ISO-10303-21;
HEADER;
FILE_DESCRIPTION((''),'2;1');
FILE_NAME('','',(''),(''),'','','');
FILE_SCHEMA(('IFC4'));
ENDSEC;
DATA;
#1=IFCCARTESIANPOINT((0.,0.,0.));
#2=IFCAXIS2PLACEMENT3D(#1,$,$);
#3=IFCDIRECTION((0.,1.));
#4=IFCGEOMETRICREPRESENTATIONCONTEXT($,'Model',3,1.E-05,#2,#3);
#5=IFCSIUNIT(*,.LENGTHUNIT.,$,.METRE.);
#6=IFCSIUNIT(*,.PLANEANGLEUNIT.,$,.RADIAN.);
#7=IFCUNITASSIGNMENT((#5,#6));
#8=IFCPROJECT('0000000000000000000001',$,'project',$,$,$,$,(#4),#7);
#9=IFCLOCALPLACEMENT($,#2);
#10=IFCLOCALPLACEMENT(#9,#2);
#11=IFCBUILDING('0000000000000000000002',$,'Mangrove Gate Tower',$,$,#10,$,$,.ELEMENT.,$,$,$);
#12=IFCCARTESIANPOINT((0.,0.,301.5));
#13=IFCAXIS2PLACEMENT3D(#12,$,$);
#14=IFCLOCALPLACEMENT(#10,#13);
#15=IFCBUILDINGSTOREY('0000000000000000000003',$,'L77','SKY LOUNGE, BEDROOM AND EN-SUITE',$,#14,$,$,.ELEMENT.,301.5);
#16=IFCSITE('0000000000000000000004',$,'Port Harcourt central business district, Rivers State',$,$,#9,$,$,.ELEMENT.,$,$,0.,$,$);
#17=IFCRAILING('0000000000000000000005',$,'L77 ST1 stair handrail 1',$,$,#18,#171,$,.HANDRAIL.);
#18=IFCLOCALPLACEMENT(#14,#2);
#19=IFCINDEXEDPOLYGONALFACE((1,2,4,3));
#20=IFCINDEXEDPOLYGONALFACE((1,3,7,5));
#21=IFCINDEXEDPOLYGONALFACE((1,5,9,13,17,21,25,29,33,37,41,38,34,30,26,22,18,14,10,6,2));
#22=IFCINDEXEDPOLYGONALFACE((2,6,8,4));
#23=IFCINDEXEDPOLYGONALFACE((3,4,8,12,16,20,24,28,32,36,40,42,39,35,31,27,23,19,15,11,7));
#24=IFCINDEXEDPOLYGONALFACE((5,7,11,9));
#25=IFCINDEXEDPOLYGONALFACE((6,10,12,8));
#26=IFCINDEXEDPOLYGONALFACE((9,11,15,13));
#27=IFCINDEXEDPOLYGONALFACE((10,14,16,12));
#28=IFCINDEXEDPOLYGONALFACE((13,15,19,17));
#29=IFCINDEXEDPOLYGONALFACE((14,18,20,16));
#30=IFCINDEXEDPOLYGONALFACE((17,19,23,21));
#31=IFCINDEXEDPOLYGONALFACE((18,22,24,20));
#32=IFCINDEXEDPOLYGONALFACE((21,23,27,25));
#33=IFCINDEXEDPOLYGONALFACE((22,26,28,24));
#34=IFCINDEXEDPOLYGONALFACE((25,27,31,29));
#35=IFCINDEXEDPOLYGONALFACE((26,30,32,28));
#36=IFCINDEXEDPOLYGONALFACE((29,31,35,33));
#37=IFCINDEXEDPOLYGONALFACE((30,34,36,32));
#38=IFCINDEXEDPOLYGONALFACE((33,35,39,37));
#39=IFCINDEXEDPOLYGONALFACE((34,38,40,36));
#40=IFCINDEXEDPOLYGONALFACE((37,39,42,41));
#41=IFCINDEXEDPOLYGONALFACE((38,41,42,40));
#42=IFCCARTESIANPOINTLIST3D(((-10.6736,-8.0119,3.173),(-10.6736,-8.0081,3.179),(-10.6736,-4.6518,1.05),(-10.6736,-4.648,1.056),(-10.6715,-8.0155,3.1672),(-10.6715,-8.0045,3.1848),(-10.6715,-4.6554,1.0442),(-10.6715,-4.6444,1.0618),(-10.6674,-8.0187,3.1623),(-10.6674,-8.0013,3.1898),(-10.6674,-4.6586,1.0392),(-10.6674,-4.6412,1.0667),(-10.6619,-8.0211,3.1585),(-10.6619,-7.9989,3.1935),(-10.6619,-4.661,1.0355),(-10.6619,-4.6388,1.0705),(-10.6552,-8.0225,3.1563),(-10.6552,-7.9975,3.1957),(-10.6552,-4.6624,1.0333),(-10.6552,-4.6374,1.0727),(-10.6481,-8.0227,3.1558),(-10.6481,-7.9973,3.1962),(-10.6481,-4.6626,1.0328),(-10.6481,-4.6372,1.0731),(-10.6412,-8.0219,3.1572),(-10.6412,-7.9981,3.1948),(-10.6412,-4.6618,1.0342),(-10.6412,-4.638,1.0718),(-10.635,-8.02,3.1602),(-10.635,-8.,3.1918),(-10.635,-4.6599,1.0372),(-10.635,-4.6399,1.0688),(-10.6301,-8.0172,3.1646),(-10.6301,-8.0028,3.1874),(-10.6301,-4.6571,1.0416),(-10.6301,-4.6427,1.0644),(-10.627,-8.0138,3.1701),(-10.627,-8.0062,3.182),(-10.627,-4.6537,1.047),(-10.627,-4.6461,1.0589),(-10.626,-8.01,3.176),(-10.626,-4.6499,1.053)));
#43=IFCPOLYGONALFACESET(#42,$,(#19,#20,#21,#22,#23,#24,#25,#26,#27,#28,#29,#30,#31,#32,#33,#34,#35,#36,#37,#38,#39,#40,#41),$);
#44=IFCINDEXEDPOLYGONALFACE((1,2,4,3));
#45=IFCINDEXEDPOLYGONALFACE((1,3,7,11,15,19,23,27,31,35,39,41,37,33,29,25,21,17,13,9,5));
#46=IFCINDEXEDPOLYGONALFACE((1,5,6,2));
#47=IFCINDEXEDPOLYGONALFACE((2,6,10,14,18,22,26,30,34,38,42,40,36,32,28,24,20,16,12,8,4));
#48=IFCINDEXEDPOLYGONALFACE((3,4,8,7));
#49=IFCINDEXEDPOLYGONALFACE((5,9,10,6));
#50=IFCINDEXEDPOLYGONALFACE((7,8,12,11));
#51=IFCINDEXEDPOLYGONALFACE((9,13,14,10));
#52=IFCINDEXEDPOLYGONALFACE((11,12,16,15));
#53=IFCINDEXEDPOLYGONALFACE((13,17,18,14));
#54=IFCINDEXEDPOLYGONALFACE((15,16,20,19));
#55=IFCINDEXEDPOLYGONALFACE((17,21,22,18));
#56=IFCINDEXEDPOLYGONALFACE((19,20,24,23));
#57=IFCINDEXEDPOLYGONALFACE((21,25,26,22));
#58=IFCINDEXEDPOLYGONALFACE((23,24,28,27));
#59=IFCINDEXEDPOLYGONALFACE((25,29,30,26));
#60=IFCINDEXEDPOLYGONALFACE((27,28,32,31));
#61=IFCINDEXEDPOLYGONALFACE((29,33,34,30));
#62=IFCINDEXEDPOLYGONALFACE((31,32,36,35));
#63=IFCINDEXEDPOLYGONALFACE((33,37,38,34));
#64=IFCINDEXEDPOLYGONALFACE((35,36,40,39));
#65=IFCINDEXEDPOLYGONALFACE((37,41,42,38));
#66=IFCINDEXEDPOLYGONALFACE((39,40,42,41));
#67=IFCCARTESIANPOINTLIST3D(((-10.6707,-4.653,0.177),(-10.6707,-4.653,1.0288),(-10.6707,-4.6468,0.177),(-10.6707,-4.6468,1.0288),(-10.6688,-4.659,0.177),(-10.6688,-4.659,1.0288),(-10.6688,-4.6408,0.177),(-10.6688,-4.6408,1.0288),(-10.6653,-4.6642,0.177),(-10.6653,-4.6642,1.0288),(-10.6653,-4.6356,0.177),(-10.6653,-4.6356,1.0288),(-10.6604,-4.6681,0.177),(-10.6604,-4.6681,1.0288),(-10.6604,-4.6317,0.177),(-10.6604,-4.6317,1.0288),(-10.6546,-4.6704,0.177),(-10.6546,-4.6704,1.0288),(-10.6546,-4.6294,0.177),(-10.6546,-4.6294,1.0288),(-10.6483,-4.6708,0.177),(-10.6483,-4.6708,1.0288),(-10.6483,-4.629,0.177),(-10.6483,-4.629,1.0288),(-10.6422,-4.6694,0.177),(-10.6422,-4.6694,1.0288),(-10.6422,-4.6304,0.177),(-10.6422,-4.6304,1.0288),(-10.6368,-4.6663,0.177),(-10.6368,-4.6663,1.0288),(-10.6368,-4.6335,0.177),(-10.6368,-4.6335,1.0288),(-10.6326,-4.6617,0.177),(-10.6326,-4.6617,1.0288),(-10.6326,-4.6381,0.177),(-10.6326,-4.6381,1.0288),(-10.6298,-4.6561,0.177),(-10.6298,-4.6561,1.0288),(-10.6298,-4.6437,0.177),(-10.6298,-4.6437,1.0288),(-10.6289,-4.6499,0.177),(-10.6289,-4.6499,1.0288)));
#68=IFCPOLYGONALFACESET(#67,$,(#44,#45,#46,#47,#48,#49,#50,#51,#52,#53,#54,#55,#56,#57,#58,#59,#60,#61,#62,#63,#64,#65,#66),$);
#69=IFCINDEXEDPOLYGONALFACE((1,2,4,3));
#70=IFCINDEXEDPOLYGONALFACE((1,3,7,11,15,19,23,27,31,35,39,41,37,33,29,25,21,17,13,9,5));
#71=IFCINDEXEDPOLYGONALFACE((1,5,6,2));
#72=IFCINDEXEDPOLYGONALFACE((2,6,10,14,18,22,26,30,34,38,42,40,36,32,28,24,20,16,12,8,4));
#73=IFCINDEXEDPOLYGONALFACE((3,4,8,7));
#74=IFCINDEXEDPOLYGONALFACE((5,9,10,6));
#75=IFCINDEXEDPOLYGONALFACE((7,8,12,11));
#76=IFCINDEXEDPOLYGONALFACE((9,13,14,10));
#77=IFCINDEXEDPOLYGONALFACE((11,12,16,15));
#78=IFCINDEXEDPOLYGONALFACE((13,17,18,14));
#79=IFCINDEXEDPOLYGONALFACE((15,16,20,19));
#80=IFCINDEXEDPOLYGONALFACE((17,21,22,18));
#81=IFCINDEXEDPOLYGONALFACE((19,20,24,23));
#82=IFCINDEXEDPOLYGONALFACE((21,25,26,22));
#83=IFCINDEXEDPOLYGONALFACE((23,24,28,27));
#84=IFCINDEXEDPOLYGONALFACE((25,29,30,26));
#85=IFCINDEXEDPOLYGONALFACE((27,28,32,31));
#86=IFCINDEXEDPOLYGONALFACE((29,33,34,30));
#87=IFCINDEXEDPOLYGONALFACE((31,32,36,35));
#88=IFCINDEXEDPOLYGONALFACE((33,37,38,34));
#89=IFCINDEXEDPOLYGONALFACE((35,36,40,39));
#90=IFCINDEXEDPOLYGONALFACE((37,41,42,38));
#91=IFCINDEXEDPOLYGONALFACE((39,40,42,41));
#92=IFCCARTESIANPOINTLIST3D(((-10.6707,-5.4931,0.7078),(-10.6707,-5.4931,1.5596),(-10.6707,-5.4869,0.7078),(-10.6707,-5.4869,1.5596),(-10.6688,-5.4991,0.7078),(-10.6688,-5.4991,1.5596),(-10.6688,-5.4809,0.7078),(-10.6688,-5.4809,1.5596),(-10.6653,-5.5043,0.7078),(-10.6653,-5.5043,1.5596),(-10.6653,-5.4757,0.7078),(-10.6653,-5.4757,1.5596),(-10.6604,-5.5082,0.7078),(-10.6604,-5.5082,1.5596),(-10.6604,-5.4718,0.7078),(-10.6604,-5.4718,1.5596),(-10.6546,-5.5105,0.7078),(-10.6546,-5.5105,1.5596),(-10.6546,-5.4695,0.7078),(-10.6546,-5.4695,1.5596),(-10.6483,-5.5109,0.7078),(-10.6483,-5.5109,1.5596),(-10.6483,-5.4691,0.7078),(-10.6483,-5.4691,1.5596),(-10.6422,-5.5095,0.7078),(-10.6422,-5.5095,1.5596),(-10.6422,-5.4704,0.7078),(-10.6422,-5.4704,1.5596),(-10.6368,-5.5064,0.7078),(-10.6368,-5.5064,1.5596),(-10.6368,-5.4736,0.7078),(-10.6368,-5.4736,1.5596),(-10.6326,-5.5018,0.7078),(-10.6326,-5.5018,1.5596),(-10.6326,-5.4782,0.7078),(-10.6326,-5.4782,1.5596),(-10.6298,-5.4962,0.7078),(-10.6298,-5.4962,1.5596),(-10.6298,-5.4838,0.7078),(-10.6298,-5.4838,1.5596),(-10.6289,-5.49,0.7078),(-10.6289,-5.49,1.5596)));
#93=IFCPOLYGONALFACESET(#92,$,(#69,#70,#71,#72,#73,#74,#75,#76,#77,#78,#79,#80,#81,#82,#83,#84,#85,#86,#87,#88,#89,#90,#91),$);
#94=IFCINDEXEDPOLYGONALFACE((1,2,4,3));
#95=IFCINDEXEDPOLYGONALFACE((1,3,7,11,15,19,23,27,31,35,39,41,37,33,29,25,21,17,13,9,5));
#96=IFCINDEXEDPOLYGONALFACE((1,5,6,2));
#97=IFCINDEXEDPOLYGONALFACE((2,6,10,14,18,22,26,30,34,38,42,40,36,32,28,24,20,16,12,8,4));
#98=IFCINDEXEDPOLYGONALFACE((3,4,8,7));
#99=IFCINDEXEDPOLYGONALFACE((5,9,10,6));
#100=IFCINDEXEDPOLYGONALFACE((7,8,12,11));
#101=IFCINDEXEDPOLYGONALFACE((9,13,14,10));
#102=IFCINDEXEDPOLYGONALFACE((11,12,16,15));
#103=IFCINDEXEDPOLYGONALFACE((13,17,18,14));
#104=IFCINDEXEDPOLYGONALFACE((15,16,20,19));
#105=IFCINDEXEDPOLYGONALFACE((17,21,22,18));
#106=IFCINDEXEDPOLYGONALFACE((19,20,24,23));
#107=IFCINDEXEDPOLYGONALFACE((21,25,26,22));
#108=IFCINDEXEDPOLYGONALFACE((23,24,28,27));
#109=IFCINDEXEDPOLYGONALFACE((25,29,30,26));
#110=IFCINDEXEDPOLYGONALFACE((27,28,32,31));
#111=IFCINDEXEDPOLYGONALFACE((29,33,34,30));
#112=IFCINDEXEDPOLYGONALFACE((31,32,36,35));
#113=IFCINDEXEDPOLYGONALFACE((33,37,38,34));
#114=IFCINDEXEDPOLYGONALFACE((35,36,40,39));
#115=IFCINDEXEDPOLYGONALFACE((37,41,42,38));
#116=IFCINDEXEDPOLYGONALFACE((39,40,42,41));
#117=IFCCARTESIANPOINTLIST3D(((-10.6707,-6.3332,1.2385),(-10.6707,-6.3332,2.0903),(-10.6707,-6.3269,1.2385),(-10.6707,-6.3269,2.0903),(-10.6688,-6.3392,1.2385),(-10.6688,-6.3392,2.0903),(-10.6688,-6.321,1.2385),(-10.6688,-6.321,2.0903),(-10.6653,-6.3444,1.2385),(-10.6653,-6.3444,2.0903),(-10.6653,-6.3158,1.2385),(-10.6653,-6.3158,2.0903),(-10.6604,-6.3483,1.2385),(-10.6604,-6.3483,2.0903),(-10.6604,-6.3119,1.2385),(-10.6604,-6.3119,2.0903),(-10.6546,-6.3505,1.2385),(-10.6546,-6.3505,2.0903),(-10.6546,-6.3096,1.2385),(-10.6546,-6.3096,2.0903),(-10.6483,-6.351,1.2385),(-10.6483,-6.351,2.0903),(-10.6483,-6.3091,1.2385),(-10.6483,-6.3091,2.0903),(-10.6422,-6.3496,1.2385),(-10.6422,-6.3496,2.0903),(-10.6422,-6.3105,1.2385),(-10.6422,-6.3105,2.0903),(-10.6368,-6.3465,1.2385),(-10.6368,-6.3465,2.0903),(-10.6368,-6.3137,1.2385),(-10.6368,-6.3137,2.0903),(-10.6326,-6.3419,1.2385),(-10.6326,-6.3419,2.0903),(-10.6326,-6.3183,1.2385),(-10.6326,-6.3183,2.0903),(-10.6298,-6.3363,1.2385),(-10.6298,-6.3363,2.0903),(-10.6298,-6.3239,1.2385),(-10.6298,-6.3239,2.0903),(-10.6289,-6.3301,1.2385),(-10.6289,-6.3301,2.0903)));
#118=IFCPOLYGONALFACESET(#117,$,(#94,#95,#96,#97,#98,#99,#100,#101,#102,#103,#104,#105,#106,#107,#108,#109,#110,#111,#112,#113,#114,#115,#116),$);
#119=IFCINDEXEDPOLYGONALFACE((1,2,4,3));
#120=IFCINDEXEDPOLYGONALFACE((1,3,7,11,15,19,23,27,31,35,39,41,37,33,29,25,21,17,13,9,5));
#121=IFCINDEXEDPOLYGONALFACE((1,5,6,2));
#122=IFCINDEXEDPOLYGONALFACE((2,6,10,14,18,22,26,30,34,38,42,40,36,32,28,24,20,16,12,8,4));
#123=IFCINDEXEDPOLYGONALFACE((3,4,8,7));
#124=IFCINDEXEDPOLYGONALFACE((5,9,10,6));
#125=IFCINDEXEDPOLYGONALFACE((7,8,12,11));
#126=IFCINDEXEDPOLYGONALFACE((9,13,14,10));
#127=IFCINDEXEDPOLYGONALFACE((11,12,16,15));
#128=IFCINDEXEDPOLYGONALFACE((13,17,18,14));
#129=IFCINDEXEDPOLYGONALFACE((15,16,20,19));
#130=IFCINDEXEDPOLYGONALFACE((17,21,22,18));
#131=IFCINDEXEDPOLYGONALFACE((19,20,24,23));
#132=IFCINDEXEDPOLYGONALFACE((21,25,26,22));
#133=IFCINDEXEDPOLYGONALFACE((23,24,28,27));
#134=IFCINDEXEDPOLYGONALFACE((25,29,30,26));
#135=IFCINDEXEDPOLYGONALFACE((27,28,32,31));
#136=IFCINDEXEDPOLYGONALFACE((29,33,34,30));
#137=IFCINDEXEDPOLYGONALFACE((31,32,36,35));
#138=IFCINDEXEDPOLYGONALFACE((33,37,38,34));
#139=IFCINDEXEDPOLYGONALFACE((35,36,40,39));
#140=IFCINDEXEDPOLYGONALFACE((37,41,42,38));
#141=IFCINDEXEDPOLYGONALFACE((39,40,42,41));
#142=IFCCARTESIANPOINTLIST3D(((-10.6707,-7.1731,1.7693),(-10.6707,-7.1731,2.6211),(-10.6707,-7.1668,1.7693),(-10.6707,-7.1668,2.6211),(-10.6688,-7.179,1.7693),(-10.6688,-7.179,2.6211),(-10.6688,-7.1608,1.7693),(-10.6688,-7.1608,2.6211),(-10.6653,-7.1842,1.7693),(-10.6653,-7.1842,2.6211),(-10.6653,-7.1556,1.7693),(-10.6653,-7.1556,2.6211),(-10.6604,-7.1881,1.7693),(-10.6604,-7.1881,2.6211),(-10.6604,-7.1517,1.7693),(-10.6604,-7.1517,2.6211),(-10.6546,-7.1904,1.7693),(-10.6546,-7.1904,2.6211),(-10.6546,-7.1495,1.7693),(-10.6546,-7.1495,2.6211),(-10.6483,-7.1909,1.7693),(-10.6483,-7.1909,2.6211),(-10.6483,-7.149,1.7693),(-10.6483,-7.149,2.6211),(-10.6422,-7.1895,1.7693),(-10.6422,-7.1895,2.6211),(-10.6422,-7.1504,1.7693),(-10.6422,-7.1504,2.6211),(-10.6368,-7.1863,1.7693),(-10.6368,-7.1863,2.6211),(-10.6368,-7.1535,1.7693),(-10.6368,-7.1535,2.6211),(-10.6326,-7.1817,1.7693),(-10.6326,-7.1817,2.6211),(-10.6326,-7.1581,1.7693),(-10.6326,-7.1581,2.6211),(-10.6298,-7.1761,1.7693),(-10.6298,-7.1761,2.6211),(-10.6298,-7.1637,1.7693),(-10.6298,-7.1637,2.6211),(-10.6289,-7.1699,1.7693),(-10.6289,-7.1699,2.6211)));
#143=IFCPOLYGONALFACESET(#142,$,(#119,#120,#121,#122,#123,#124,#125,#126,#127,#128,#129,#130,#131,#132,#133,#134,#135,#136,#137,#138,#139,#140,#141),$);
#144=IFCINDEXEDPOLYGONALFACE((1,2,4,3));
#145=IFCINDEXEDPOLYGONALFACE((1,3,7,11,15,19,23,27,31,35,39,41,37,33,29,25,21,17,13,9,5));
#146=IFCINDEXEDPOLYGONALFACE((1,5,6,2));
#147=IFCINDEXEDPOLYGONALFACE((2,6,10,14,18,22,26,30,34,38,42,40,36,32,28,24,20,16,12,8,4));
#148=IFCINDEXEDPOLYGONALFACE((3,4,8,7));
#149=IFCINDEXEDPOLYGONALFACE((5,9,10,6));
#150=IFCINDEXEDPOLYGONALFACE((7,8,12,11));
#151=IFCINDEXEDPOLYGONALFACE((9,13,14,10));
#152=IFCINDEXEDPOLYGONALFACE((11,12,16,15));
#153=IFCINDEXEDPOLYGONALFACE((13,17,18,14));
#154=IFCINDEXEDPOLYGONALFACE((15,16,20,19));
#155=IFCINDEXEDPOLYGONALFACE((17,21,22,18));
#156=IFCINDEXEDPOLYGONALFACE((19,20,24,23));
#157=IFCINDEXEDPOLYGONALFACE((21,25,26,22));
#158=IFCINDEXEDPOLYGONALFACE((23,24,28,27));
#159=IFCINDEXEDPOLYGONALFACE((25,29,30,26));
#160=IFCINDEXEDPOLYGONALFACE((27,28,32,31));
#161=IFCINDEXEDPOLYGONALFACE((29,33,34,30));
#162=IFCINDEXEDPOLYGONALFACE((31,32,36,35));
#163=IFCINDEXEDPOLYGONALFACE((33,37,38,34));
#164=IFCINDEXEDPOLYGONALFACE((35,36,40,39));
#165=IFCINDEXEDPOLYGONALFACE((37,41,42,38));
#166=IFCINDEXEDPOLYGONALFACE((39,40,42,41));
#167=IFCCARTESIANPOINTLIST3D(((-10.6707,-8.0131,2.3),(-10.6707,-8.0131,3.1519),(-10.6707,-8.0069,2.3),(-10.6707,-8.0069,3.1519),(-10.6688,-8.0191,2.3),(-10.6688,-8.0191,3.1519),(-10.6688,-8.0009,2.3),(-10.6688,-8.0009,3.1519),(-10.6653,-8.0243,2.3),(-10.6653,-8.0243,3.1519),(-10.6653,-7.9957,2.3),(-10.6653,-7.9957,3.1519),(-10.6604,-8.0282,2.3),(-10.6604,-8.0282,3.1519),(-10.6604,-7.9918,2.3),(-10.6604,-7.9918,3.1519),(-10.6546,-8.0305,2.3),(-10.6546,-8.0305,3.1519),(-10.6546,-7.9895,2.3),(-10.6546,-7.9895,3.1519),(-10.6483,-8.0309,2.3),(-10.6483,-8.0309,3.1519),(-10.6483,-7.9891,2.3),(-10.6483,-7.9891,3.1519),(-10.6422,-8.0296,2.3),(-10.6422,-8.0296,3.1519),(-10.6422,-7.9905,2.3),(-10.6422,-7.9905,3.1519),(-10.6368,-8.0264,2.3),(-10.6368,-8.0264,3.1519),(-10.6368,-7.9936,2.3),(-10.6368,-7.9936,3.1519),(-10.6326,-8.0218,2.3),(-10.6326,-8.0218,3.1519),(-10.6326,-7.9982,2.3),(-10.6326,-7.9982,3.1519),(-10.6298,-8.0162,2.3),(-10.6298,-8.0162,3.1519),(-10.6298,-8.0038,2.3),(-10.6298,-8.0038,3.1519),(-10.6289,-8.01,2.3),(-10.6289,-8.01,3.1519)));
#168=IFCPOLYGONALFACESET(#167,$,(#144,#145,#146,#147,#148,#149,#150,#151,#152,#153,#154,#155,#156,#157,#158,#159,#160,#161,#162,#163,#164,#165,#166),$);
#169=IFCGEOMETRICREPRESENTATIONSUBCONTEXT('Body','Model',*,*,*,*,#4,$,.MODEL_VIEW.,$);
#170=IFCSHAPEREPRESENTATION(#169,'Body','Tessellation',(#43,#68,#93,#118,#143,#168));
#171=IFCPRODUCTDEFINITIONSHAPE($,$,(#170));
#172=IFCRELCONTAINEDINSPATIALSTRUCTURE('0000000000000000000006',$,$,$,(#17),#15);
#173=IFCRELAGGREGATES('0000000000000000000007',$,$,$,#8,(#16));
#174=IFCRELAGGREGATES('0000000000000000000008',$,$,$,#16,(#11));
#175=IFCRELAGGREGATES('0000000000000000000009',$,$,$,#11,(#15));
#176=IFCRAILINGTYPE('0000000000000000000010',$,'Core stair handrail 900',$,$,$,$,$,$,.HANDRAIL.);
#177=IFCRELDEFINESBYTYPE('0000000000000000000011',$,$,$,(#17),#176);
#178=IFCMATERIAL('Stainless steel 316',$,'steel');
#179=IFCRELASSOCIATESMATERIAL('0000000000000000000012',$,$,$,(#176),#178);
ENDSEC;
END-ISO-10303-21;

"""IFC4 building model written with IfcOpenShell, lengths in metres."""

from ifc_helpers import new_model, si_unit, direction, frame, origin, origin_2d, place, context, subcontext, project, spatial, circle, extrude, material, type_object, element, save


model = new_model("IFC4")

# Units and contexts
model_context = context("Model", 3, precision=1e-05, world=origin(), true_north=direction((0.0, 1.0)))
body_context = subcontext(model_context, "Body", "Model", "MODEL_VIEW")
ifc_project = project(units=[si_unit("LENGTHUNIT", "METRE"), si_unit("PLANEANGLEUNIT", "RADIAN")], contexts=[model_context])

# Site, building, storey
site_placement = place(None, origin())
site = spatial("IfcSite", under=ifc_project, at=site_placement, Name="Port Harcourt central business district, Rivers State", CompositionType="ELEMENT", RefElevation=0.0)
building_placement = place(site_placement, origin())
building = spatial("IfcBuilding", under=site, at=building_placement, Name="Mangrove Gate Tower", CompositionType="ELEMENT")
storey_placement = place(building_placement, frame((0.0, 0.0, 301.5)))
storey = spatial("IfcBuildingStorey", under=building, at=storey_placement, Name="L77", Description="SKY LOUNGE, BEDROOM AND EN-SUITE", CompositionType="ELEMENT", Elevation=301.5)

# Railing
ifc_material_1 = material(Name="Stainless steel 316", Category="steel")
railing_type_1 = type_object("IfcRailingType", Name="Core stair handrail 900", PredefinedType="HANDRAIL", material=ifc_material_1)
railing_1_placement = place(storey_placement, frame((-10.6499, -4.6499, 0.177)))
element("IfcRailing", 1, at=railing_1_placement, inside=storey, type_object=railing_type_1, Name="L77 ST1 stair handrail 1", PredefinedType="HANDRAIL", context=body_context, shape_type="SweptSolid", body=[
    extrude(circle(Radius=0.0239, at=origin_2d()), frame((0.0, 0.0, 0.876), z_axis=(0.0, -0.84539, 0.53415), x_axis=(1.0, 0.0, 0.0)), (0.0, 0.0, 1.0), 3.9746),
    extrude(circle(Radius=0.021, at=origin_2d()), origin(), (0.0, 0.0, 1.0), 0.8518),
    extrude(circle(Radius=0.021, at=origin_2d()), frame((0.0, -0.8401, 0.5308)), (0.0, 0.0, 1.0), 0.8518),
    extrude(circle(Radius=0.021, at=origin_2d()), frame((0.0, -1.6802, 1.0615)), (0.0, 0.0, 1.0), 0.8518),
    extrude(circle(Radius=0.021, at=origin_2d()), frame((0.0, -2.52, 1.5923)), (0.0, 0.0, 1.0), 0.8518),
    extrude(circle(Radius=0.021, at=origin_2d()), frame((0.0, -3.3601, 2.123)), (0.0, 0.0, 1.0), 0.8518),
])

save(model, "model.ifc")
